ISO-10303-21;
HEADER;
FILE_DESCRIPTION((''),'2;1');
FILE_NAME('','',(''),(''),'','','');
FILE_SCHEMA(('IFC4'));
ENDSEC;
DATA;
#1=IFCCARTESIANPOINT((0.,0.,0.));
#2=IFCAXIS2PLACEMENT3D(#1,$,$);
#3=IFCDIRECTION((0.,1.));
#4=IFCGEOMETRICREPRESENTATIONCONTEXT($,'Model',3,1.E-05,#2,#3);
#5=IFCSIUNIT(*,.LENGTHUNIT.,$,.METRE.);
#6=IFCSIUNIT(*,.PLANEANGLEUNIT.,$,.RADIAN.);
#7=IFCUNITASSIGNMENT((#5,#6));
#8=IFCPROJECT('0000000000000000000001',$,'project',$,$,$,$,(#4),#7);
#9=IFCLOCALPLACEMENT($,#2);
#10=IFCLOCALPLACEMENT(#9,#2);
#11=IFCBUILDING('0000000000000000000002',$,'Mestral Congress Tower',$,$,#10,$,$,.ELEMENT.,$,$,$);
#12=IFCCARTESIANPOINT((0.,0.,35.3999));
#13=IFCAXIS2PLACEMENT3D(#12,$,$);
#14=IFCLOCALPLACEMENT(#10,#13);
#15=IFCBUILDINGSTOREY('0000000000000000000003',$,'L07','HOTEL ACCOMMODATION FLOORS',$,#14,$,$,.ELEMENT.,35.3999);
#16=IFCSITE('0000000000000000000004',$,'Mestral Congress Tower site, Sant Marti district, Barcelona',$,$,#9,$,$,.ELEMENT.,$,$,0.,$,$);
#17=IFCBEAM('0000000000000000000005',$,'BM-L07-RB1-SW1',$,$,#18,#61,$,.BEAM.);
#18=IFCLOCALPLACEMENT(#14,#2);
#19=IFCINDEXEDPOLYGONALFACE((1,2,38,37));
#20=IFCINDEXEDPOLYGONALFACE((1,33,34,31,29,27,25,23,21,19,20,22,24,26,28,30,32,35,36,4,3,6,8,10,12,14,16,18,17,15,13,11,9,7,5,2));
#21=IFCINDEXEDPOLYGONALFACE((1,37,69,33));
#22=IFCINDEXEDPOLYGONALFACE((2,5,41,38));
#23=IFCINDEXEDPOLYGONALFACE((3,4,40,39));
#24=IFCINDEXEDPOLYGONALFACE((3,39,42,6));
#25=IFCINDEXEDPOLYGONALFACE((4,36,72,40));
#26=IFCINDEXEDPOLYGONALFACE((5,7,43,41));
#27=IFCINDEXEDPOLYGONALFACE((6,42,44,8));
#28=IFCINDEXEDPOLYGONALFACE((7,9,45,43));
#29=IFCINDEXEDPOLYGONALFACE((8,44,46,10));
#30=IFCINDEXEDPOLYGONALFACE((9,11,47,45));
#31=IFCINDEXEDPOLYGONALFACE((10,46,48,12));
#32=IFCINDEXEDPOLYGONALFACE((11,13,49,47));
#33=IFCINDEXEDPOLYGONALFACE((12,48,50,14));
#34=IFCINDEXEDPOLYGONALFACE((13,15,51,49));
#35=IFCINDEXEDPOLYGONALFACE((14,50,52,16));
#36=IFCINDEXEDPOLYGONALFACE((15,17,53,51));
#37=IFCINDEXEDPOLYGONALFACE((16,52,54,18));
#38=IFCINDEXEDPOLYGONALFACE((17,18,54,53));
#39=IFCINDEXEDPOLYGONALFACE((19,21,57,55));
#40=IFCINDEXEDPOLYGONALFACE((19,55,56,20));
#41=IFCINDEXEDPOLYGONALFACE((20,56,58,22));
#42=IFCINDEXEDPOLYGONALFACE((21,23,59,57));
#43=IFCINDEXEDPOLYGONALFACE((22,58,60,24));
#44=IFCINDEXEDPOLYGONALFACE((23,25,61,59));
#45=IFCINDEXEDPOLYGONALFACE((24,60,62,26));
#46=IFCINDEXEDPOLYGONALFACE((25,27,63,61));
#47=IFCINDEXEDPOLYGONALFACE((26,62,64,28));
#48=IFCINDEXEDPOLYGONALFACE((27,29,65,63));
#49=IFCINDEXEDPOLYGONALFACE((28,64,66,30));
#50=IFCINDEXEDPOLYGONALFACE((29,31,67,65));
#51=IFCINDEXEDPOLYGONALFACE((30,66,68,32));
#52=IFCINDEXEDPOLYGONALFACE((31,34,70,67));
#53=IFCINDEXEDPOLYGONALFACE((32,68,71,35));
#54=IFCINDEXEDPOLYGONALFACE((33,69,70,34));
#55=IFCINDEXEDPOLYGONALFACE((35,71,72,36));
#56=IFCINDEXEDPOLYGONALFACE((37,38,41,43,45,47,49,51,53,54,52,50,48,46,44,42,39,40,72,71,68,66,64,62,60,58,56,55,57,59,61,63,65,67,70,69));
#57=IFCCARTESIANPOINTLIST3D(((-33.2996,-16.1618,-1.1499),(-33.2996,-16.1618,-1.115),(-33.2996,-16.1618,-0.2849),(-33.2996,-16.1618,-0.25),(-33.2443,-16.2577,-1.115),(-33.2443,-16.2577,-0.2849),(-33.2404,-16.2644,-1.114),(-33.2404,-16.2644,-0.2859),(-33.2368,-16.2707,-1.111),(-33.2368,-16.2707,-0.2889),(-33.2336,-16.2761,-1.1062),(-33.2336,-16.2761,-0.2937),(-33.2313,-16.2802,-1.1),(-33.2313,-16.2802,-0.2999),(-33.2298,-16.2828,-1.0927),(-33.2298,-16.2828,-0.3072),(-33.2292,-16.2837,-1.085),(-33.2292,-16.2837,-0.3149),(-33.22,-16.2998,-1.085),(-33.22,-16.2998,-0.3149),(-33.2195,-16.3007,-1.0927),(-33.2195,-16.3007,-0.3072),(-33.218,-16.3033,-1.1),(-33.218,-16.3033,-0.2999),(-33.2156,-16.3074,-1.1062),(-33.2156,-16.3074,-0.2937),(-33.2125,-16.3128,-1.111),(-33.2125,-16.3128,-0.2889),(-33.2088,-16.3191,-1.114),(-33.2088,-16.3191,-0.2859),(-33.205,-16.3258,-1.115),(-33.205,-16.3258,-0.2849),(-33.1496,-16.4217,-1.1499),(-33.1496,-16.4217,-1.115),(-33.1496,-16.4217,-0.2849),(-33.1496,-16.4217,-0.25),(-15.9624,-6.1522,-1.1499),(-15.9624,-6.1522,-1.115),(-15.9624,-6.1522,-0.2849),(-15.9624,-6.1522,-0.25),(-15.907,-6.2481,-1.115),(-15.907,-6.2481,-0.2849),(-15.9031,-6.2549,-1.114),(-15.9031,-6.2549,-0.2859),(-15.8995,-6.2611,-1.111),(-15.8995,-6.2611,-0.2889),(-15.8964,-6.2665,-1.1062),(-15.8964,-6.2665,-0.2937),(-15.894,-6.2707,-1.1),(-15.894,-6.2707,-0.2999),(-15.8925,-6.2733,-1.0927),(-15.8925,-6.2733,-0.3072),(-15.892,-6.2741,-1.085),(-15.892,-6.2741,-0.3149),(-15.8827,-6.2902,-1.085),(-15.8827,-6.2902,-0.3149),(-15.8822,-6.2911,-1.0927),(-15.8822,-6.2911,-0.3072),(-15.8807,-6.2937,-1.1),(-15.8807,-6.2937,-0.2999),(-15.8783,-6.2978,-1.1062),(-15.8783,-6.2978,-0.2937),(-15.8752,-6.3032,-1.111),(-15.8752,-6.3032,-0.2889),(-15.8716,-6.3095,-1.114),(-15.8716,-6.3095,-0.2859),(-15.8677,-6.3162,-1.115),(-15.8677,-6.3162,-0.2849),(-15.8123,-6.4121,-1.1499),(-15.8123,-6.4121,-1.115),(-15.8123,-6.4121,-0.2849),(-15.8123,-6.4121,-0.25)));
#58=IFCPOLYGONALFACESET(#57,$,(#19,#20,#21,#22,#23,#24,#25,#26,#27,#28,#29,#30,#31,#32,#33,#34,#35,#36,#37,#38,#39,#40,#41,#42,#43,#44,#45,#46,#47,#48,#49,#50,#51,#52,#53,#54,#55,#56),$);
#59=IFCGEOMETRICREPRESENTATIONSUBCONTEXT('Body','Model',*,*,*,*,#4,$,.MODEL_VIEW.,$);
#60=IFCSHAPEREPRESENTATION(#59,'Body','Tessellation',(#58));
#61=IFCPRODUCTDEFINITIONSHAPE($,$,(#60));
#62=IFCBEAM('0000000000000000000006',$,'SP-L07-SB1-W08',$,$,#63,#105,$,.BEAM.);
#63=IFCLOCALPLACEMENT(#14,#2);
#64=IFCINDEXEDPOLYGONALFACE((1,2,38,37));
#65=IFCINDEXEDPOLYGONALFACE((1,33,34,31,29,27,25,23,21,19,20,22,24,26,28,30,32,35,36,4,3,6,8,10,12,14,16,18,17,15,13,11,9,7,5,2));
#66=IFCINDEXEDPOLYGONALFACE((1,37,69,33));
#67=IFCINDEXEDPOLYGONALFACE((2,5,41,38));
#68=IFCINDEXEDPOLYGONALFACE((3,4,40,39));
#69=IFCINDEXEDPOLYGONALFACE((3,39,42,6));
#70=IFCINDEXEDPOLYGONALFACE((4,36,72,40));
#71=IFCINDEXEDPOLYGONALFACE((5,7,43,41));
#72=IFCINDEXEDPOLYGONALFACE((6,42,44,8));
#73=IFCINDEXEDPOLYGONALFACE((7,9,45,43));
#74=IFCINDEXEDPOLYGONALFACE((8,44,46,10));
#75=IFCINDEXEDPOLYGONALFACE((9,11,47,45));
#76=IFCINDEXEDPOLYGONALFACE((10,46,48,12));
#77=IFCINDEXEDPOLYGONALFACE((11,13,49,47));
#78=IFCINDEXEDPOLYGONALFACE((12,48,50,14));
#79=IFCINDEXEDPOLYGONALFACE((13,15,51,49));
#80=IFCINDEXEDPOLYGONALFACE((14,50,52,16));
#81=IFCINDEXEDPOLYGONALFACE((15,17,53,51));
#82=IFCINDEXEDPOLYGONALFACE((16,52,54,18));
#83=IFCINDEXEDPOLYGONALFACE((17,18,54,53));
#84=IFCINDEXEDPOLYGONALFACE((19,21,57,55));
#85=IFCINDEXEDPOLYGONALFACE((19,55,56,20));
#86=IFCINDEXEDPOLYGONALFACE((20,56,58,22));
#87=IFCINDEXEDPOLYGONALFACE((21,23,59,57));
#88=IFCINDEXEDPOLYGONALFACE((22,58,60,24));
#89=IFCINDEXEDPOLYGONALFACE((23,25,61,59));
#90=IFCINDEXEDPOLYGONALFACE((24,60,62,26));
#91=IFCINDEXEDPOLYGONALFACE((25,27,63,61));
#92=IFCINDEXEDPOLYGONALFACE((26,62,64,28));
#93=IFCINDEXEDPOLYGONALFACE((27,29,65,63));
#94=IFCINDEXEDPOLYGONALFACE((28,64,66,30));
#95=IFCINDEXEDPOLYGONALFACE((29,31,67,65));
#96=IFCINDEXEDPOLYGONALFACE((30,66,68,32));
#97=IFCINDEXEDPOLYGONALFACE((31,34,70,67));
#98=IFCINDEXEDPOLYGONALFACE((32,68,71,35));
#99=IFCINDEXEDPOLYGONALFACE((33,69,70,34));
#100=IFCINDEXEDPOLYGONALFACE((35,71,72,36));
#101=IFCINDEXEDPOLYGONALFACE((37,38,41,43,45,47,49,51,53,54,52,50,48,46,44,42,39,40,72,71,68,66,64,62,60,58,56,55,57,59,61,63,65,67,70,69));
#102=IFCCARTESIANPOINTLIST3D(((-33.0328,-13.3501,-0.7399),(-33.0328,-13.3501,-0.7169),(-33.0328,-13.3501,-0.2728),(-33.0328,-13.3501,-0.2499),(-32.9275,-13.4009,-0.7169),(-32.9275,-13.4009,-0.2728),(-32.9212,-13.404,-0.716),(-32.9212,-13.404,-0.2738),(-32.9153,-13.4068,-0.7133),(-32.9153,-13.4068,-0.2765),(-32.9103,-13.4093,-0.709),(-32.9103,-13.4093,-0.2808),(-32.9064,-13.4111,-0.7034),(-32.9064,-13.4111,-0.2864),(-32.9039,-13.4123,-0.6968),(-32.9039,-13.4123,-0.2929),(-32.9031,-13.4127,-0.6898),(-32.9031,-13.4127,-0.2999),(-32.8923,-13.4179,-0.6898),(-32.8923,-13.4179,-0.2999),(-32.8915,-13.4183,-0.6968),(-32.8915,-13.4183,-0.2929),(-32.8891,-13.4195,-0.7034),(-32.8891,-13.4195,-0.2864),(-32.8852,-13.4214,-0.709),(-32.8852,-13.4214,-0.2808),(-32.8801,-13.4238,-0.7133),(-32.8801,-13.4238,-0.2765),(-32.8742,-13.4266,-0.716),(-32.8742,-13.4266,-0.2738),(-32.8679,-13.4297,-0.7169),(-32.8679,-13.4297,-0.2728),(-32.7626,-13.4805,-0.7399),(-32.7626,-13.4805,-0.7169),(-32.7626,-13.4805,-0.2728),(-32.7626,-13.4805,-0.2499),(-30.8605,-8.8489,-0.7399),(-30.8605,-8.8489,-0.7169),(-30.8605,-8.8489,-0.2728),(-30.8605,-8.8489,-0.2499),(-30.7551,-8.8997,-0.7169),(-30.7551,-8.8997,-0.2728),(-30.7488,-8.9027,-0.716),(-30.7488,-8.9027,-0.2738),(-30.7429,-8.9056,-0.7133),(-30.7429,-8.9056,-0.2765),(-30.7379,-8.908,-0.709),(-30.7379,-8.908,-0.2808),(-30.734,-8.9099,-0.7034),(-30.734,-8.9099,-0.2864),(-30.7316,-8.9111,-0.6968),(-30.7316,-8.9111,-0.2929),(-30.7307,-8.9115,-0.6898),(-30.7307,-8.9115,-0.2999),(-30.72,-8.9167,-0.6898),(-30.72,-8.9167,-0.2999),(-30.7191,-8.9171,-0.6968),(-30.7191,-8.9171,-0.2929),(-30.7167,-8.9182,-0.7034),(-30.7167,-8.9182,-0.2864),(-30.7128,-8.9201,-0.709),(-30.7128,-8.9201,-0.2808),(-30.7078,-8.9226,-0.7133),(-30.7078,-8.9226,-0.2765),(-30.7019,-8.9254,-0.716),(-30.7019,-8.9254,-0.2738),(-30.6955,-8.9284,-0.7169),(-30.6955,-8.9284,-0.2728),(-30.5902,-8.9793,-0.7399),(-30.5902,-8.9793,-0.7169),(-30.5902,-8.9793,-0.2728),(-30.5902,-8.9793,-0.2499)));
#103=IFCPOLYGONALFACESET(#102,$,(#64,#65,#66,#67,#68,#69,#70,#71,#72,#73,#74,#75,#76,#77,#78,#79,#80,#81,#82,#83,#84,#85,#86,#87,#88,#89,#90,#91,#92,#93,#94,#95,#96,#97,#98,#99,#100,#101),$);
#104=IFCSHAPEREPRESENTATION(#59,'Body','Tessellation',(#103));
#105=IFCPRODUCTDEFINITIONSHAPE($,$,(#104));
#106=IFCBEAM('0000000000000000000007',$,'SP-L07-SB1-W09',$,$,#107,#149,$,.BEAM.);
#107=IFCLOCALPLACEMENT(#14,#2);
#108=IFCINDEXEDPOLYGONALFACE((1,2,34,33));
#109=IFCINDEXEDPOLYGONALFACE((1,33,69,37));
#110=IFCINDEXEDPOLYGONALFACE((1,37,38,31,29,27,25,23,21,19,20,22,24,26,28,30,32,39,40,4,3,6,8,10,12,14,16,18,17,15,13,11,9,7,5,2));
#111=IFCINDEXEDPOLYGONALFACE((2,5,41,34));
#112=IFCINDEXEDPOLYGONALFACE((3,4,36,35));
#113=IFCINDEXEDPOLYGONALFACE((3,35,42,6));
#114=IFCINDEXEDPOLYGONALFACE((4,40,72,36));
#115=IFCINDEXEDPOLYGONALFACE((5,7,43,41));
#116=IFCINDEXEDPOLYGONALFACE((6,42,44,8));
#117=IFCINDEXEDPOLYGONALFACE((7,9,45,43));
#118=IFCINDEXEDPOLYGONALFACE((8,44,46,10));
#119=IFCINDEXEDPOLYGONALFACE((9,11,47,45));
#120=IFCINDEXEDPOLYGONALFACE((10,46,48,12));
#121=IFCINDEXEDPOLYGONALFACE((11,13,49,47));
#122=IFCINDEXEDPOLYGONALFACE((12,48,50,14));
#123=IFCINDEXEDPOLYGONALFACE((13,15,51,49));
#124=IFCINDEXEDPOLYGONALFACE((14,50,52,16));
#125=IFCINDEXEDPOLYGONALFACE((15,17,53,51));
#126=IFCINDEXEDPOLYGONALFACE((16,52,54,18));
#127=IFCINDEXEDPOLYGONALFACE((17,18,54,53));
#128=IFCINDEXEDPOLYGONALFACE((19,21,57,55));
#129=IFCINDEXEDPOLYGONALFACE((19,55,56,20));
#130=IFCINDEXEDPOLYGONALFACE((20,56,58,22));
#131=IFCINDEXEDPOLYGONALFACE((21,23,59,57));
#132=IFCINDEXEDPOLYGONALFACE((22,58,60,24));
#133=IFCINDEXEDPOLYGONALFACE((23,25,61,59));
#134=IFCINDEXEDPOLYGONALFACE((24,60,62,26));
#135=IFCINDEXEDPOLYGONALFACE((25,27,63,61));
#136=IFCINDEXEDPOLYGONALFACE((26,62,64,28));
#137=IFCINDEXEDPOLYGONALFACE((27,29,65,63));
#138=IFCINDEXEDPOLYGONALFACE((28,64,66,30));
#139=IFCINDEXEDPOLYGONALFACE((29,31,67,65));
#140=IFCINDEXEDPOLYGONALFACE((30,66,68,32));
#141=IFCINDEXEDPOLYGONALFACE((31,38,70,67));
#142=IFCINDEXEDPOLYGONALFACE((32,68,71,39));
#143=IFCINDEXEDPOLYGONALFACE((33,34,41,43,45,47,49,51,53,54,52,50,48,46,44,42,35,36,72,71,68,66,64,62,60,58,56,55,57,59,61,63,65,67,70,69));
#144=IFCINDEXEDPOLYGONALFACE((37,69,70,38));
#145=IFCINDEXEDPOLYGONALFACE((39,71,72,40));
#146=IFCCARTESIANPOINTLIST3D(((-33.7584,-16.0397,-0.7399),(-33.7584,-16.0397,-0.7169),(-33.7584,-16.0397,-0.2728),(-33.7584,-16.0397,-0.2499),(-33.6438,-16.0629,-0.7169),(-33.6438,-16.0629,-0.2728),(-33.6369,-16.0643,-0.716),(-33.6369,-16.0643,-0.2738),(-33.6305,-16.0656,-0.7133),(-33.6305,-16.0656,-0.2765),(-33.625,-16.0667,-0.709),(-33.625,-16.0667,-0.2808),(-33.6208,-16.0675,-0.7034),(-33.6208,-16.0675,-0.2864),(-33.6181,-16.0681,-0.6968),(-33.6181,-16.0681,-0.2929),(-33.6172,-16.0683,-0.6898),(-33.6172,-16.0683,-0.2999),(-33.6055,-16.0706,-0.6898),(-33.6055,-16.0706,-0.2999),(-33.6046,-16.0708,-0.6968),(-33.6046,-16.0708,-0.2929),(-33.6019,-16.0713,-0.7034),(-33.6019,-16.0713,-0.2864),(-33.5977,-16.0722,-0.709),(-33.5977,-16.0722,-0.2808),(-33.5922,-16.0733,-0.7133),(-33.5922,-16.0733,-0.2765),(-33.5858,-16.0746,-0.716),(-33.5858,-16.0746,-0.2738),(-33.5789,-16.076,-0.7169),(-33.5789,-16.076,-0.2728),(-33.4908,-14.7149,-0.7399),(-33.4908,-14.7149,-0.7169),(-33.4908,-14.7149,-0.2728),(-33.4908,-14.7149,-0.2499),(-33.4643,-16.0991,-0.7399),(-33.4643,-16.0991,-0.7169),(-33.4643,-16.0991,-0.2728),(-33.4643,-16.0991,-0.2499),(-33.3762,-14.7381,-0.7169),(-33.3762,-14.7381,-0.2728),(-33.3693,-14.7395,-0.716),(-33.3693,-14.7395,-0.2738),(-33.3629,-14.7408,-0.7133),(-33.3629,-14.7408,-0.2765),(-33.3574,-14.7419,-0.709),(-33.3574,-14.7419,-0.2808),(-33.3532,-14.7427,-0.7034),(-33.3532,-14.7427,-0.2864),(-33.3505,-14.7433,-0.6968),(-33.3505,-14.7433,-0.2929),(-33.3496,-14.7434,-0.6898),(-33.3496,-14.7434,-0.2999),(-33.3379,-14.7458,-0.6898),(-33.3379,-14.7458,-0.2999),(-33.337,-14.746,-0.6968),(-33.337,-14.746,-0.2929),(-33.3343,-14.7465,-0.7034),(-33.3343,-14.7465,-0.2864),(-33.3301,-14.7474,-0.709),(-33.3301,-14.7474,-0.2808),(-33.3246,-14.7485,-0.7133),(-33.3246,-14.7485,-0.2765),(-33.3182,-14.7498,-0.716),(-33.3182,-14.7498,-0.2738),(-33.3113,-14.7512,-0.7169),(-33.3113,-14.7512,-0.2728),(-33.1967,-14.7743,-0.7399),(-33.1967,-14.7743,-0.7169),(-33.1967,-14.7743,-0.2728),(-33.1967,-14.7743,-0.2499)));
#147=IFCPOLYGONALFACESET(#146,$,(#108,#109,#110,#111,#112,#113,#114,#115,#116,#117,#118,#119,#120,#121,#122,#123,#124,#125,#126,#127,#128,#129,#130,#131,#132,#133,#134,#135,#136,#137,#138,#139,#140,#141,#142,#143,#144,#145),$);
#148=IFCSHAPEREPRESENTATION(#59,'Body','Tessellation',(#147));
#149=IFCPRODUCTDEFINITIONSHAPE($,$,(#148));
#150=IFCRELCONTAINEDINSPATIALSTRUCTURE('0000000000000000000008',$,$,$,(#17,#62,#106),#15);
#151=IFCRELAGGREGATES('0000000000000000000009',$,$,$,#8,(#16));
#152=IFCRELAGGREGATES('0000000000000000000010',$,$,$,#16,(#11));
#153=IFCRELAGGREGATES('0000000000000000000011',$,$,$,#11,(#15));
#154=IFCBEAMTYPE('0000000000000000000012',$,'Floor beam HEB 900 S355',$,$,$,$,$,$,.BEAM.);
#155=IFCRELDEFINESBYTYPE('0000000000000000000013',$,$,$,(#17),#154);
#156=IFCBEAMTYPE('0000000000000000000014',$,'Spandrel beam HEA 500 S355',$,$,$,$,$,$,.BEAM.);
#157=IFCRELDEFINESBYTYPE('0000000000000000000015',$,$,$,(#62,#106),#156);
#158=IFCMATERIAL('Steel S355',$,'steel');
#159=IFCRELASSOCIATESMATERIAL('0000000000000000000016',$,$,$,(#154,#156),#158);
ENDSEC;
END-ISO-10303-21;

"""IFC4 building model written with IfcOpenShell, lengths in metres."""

from ifc_helpers import new_model, si_unit, direction, frame, origin, origin_2d, place, context, subcontext, project, spatial, i_section, extrude, material, material_profile, profile_set, type_object, element, save


model = new_model("IFC4")

# Units and contexts
model_context = context("Model", 3, precision=1e-05, world=origin(), true_north=direction((0.0, 1.0)))
body_context = subcontext(model_context, "Body", "Model", "MODEL_VIEW")
ifc_project = project(units=[si_unit("LENGTHUNIT", "METRE"), si_unit("PLANEANGLEUNIT", "RADIAN")], contexts=[model_context])

# Site, building, storey
site_placement = place(None, origin())
site = spatial("IfcSite", under=ifc_project, at=site_placement, Name="Mestral Congress Tower site, Sant Marti district, Barcelona", CompositionType="ELEMENT", RefElevation=0.0)
building_placement = place(site_placement, origin())
building = spatial("IfcBuilding", under=site, at=building_placement, Name="Mestral Congress Tower", CompositionType="ELEMENT")
storey_placement = place(building_placement, frame((0.0, 0.0, 35.3999)))
storey = spatial("IfcBuildingStorey", under=building, at=storey_placement, Name="L07", Description="HOTEL ACCOMMODATION FLOORS", CompositionType="ELEMENT", Elevation=35.3999)

# Beams
ifc_material_1 = material(Name="Steel S355", Category="steel")
ifc_material_profile_1 = material_profile(ifc_material_1, i_section(OverallWidth=0.3, OverallDepth=0.8999, WebThickness=0.0186, FlangeThickness=0.0349, FilletRadius=0.03, at=origin_2d()), Name="HEB 900")
ifc_profile_set_1 = profile_set([ifc_material_profile_1], Name="Steel S355")
beam_type_1 = type_object("IfcBeamType", Name="Floor beam HEB 900 S355", PredefinedType="BEAM", material=ifc_profile_set_1)
beam_1_placement = place(storey_placement, frame((-33.2246, -16.2917, -0.7), z_axis=(0.866027, 0.499997, 0.0), x_axis=(-0.499997, 0.866027, 0.0)))
element("IfcBeam", 1, at=beam_1_placement, inside=storey, type_object=beam_type_1, Name="BM-L07-RB1-SW1", PredefinedType="BEAM", context=body_context, shape_type="SweptSolid", body=[
    extrude(i_section(OverallWidth=0.3, OverallDepth=0.8999, WebThickness=0.0186, FlangeThickness=0.0349, FilletRadius=0.03, at=origin_2d()), origin(), (0.0, 0.0, 1.0), 20.0193),
])
ifc_material_profile_2 = material_profile(ifc_material_1, i_section(OverallWidth=0.3, OverallDepth=0.49, WebThickness=0.012, FlangeThickness=0.0229, FilletRadius=0.0271, at=origin_2d()), Name="HEA 500")
ifc_profile_set_2 = profile_set([ifc_material_profile_2], Name="Steel S355")
beam_type_2 = type_object("IfcBeamType", Name="Spandrel beam HEA 500 S355", PredefinedType="BEAM", material=ifc_profile_set_2)
beam_2_placement = place(storey_placement, frame((-30.7253, -8.9141, -0.4949), z_axis=(-0.434645, -0.900602, 0.0), x_axis=(0.900602, -0.434645, 0.0)))
element("IfcBeam", 2, at=beam_2_placement, inside=storey, type_object=beam_type_2, Name="SP-L07-SB1-W08", PredefinedType="BEAM", context=body_context, shape_type="SweptSolid", body=[
    extrude(i_section(OverallWidth=0.3, OverallDepth=0.49, WebThickness=0.012, FlangeThickness=0.0229, FilletRadius=0.0271, at=origin_2d()), origin(), (0.0, 0.0, 1.0), 4.998),
])
beam_3_placement = place(storey_placement, frame((-33.3438, -14.7446, -0.4949), z_axis=(-0.197992, -0.980204, 0.0), x_axis=(0.980204, -0.197992, 0.0)))
element("IfcBeam", 3, at=beam_3_placement, inside=storey, type_object=beam_type_2, Name="SP-L07-SB1-W09", PredefinedType="BEAM", context=body_context, shape_type="SweptSolid", body=[
    extrude(i_section(OverallWidth=0.3, OverallDepth=0.49, WebThickness=0.012, FlangeThickness=0.0229, FilletRadius=0.0271, at=origin_2d()), origin(), (0.0, 0.0, 1.0), 1.3516),
])

save(model, "model.ifc")
